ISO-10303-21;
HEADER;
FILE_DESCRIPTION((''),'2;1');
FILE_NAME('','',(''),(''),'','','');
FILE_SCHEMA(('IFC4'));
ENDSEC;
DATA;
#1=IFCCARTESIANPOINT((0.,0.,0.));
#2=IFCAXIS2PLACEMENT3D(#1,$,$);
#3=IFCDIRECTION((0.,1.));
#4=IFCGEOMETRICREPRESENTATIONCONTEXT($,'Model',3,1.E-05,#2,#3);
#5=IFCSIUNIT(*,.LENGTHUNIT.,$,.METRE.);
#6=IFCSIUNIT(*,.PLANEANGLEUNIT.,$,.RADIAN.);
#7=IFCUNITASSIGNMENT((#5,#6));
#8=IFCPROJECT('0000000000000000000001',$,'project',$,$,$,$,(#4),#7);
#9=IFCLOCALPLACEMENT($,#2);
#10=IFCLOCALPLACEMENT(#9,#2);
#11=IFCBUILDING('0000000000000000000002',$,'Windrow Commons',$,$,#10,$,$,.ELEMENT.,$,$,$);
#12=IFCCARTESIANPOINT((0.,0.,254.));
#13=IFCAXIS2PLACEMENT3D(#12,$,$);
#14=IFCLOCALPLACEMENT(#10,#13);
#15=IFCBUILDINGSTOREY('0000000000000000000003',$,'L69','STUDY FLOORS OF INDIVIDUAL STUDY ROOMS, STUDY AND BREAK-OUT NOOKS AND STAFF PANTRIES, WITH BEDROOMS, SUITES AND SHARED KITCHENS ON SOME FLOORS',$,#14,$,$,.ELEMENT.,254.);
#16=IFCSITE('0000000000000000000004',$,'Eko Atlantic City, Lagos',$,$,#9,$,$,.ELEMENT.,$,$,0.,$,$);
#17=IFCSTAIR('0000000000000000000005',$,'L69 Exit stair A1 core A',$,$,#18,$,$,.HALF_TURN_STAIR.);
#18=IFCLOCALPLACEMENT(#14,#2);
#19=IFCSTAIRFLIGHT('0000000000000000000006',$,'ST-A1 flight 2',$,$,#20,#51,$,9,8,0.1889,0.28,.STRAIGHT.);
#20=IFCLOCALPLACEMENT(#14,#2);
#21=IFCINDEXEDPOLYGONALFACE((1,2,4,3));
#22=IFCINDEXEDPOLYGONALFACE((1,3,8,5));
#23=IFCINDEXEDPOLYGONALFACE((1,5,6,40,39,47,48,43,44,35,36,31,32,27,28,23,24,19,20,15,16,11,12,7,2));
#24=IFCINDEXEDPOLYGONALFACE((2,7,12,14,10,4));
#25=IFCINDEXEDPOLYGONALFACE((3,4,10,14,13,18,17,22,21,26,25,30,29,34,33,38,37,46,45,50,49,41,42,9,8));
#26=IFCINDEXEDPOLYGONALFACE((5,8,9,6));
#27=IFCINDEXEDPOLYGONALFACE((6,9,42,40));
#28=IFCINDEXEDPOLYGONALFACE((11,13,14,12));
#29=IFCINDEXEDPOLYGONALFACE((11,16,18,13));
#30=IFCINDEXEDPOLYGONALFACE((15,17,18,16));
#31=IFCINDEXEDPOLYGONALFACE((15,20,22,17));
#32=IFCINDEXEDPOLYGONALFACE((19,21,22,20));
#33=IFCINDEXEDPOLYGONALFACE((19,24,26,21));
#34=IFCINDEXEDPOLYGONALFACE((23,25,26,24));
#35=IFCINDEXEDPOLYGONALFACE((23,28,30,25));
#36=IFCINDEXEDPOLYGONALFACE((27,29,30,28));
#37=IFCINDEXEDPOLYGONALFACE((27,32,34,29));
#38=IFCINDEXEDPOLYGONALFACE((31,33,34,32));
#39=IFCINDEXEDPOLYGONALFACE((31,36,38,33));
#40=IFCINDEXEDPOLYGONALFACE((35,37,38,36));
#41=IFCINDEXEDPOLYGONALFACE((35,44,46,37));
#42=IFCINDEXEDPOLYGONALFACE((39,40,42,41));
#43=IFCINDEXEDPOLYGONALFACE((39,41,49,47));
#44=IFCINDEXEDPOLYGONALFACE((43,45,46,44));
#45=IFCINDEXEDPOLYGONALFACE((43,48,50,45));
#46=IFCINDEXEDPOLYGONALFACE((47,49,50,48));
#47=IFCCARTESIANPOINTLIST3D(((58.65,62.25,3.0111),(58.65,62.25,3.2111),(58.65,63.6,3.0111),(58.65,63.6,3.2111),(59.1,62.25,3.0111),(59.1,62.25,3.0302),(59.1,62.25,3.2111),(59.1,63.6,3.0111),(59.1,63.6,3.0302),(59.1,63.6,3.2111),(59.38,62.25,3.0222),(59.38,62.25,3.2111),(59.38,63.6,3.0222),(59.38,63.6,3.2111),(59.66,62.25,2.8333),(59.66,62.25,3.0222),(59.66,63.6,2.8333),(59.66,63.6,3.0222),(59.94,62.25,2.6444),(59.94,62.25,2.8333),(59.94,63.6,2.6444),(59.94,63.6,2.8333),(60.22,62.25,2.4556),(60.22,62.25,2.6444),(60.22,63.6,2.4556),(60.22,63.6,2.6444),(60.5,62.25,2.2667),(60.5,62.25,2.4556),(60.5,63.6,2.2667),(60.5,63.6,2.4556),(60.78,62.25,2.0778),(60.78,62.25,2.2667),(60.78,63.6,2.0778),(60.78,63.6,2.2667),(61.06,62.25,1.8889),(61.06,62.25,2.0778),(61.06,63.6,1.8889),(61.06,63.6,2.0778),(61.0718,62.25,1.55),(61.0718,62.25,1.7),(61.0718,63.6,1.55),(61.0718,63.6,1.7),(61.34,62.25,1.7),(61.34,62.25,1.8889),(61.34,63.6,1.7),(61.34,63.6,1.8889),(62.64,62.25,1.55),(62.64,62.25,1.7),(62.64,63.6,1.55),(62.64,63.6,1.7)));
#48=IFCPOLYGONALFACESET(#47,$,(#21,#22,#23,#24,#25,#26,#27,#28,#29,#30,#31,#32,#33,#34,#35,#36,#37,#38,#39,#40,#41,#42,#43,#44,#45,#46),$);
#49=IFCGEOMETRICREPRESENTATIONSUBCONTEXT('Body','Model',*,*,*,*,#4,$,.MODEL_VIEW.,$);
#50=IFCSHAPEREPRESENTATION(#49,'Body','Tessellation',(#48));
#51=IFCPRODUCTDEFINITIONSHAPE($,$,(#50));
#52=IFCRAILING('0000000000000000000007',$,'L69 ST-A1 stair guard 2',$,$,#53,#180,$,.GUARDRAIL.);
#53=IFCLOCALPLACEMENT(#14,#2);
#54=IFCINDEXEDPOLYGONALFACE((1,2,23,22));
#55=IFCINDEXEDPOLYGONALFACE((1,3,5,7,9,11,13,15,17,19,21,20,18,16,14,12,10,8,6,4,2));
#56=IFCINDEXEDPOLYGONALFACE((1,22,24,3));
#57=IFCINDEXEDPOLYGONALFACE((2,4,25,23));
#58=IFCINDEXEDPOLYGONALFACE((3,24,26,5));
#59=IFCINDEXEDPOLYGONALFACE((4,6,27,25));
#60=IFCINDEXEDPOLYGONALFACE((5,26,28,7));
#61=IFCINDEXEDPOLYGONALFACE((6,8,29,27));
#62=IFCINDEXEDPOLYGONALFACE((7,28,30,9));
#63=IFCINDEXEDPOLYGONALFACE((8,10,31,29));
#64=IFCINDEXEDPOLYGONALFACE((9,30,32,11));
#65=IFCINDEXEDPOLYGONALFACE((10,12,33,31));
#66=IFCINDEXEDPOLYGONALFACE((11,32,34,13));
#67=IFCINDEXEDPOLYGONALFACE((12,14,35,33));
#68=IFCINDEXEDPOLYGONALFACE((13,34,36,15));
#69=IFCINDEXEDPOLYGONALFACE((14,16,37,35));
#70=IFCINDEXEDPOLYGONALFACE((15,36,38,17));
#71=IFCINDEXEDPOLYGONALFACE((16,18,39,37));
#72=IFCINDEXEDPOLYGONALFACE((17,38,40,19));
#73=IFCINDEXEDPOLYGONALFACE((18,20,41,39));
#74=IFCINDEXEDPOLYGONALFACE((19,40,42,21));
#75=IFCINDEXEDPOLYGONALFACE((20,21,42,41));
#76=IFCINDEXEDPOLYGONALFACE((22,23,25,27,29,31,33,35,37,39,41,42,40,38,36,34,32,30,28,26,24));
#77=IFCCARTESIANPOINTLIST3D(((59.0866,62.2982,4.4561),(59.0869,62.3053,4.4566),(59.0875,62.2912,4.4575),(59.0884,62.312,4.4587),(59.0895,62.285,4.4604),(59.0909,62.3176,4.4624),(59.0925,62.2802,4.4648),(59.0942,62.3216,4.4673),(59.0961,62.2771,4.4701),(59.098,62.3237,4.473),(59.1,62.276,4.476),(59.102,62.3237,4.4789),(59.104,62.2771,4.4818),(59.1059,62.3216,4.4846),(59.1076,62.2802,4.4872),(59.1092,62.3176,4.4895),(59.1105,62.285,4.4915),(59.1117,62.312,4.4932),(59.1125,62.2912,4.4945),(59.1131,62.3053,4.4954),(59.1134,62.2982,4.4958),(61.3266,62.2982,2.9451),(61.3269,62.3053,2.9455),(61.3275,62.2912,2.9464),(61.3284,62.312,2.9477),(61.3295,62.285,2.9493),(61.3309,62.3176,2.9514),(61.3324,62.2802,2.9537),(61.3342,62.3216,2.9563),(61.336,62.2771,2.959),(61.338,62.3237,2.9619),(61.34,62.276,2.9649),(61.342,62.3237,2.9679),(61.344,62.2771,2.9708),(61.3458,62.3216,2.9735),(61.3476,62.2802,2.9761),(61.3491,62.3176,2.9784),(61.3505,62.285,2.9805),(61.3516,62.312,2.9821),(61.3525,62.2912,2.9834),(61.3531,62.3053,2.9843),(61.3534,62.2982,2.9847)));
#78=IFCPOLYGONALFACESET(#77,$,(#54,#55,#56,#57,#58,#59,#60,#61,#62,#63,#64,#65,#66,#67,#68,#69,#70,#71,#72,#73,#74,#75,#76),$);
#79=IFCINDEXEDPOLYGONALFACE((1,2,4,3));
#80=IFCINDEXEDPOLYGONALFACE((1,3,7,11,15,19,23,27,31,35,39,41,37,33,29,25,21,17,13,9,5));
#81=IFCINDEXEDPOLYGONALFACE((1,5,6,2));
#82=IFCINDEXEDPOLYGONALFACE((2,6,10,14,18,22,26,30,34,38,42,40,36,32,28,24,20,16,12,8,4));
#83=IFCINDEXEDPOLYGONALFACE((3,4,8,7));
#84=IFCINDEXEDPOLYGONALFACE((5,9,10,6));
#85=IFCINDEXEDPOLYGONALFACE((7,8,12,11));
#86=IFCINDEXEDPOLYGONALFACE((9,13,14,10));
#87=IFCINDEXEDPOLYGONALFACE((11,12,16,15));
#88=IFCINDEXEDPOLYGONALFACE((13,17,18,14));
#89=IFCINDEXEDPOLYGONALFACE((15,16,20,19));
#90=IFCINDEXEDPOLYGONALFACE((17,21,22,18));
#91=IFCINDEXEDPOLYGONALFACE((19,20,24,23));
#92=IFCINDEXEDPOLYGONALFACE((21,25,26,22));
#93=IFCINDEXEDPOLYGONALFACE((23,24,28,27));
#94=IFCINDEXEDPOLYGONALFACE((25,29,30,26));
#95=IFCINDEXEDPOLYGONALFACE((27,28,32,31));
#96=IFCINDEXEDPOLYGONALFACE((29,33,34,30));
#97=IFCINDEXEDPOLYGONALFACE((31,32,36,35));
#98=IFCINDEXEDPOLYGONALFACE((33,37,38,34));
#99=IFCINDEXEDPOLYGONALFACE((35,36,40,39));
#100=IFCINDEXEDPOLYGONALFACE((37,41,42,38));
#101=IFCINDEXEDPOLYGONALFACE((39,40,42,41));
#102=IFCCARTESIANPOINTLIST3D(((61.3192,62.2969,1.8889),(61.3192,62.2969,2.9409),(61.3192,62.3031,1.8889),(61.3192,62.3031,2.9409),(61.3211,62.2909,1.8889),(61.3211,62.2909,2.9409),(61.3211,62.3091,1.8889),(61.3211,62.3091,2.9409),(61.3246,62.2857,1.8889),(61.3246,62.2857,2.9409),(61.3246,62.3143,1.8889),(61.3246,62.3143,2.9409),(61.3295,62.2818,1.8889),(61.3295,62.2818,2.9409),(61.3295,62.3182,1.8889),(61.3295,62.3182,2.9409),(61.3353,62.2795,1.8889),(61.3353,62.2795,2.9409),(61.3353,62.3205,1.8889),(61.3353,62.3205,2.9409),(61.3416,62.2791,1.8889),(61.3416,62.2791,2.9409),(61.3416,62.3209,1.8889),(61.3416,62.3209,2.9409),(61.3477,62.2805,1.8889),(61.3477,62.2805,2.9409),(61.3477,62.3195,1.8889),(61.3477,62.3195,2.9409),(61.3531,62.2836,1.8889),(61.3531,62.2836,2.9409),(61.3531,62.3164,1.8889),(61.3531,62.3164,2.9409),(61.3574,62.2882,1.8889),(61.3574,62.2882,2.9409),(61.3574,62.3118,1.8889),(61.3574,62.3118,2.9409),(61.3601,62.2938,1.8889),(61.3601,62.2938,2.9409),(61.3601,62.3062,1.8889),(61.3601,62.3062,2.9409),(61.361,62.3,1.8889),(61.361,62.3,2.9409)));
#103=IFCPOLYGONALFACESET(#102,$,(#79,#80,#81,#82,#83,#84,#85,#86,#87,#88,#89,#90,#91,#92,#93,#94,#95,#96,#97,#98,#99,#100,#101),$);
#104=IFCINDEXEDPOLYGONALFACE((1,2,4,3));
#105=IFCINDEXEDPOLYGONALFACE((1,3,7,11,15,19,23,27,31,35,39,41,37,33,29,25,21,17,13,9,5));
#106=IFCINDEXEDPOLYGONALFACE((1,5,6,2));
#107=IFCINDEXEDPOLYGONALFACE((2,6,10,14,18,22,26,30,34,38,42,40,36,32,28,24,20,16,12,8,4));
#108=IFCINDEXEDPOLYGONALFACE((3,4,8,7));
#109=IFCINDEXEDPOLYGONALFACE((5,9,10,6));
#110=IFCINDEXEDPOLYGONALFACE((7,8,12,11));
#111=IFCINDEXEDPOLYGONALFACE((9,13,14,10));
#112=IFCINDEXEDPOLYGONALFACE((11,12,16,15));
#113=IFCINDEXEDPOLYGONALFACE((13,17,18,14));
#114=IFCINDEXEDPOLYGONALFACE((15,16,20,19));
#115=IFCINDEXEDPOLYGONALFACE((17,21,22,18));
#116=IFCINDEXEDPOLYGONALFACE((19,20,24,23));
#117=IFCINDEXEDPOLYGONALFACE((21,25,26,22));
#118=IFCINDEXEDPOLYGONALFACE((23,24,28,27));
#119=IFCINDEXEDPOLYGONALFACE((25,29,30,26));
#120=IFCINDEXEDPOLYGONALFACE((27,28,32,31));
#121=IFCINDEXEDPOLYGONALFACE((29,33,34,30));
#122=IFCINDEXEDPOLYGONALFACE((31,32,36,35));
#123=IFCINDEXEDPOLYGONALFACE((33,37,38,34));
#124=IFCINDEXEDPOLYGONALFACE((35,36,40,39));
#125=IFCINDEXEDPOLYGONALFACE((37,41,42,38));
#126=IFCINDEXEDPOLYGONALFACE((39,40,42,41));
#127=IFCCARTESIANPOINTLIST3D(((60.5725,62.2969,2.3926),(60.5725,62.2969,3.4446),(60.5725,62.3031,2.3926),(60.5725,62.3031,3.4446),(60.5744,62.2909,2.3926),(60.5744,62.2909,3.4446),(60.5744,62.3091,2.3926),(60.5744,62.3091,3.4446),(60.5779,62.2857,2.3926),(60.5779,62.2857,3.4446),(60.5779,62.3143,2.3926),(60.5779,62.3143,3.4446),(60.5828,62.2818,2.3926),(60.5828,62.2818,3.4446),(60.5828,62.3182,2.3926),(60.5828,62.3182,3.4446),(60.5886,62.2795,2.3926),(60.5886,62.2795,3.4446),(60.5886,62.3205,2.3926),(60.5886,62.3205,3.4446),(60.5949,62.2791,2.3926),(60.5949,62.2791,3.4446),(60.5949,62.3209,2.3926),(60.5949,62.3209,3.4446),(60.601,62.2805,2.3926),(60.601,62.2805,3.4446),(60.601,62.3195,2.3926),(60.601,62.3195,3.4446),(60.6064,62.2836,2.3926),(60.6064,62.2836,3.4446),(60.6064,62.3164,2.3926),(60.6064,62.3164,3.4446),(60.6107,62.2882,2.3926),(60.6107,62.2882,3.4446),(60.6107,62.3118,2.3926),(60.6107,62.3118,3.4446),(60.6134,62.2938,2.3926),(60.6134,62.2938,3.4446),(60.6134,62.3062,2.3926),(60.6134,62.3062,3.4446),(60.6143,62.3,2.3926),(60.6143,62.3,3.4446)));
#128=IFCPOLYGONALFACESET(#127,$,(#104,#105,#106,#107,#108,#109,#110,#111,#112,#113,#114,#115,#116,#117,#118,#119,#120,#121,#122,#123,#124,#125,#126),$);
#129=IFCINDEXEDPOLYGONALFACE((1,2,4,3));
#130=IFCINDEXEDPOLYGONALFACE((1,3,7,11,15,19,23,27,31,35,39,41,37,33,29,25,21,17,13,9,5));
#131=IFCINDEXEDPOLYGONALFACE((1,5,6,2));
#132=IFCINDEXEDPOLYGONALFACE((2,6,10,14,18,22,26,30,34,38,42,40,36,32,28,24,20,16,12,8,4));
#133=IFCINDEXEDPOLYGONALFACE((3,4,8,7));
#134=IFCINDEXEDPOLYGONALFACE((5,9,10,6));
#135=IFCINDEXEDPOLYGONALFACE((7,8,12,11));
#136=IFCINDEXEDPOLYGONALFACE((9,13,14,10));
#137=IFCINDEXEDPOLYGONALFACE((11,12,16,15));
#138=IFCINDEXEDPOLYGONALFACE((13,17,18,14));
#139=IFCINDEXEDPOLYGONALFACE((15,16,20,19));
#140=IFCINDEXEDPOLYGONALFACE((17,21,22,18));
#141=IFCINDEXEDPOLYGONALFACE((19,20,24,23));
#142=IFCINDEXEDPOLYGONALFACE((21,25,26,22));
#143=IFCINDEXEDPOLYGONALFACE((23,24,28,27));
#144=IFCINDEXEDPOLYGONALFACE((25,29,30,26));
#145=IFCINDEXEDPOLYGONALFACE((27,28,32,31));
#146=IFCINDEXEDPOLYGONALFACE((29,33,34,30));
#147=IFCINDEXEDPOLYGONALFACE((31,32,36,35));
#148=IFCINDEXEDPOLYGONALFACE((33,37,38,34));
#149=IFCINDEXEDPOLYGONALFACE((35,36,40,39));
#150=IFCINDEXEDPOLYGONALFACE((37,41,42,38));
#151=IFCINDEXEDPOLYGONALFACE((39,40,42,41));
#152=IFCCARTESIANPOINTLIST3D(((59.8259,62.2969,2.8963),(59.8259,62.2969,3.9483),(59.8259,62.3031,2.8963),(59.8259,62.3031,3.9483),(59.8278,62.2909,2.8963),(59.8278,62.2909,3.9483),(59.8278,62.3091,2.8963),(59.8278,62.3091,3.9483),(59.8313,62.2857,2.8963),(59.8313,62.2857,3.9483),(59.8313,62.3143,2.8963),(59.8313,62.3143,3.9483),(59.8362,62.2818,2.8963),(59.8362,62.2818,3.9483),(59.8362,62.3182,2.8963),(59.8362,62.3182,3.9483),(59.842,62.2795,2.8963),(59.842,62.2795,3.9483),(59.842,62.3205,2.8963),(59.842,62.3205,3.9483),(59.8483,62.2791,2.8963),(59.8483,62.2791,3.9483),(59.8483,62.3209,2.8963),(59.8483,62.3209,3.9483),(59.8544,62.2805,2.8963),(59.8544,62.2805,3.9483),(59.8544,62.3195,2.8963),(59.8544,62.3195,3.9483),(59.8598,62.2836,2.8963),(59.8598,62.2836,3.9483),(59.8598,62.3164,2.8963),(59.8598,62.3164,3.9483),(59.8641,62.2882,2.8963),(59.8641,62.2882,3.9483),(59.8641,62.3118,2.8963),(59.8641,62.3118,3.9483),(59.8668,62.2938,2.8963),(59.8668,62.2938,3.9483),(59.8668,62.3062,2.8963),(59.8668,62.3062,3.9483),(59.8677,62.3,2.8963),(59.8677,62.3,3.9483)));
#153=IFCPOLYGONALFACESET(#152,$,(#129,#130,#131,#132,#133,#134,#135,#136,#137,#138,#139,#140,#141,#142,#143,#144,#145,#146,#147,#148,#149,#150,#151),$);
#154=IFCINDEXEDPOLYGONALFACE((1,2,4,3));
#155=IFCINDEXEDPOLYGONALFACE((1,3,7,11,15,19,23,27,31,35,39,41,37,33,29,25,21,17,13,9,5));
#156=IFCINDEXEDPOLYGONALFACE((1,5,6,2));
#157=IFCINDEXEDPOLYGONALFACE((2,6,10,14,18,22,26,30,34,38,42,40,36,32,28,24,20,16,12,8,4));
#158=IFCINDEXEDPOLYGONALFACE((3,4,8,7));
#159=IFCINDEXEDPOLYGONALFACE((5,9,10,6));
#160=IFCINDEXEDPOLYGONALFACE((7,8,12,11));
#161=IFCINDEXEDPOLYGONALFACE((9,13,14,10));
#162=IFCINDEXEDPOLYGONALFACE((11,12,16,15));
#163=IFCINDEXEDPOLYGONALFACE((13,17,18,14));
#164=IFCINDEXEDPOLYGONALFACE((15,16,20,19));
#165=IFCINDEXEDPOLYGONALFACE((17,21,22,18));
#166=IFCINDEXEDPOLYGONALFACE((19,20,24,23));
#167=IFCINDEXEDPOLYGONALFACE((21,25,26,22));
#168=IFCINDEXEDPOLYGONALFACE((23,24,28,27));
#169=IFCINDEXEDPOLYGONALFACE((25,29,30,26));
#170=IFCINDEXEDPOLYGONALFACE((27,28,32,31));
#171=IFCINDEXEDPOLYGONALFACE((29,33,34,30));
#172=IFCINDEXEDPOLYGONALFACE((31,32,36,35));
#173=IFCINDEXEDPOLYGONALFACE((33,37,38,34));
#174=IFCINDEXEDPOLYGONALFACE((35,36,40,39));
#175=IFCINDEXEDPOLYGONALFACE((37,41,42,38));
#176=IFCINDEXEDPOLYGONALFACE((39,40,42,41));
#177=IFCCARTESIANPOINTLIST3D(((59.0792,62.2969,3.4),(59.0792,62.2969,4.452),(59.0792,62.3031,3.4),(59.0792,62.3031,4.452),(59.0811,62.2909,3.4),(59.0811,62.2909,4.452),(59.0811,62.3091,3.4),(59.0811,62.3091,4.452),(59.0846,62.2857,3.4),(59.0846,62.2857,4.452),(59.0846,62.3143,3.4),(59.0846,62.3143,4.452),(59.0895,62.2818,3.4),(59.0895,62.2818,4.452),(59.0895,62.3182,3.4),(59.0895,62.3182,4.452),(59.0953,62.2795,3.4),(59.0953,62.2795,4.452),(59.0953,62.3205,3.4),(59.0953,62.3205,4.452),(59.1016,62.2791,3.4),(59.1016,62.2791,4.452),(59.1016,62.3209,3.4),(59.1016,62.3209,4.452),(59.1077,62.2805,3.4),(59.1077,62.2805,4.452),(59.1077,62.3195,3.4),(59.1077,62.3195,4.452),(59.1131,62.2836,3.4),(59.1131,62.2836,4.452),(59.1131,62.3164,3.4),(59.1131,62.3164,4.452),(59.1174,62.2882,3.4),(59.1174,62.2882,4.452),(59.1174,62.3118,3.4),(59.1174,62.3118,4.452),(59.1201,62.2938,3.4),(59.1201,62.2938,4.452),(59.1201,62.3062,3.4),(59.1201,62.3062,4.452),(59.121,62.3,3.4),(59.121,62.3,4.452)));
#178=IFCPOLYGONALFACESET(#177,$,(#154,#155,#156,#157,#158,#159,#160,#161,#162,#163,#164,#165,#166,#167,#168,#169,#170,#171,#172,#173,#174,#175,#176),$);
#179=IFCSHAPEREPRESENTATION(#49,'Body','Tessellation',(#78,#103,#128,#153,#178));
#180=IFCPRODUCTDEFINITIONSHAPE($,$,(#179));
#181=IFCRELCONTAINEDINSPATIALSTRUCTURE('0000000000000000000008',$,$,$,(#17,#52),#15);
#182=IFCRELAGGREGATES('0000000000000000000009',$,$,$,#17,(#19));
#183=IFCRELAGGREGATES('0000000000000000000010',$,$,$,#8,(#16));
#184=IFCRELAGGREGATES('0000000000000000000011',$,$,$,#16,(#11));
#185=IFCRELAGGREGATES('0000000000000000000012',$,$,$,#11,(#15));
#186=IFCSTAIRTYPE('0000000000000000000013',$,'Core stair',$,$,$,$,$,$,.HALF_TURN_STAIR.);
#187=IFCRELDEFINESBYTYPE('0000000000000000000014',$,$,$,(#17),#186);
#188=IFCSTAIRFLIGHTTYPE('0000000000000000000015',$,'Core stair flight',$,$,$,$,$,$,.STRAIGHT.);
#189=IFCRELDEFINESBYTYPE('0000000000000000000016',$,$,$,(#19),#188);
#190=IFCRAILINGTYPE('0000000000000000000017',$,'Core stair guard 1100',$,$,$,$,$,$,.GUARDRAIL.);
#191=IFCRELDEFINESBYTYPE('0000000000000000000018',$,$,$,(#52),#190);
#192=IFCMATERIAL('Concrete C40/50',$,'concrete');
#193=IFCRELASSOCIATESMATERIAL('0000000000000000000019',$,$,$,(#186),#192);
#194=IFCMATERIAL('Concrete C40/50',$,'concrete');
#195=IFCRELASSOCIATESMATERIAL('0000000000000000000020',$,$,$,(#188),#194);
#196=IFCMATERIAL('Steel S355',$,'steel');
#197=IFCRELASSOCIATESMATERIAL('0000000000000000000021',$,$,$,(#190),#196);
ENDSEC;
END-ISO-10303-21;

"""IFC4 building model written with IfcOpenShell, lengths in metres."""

from ifc_helpers import new_model, si_unit, direction, frame, origin, origin_2d, place, context, subcontext, project, spatial, polyline, circle, outline, extrude, material, type_object, element, aggregate, save


model = new_model("IFC4")

# Units and contexts
model_context = context("Model", 3, precision=1e-05, world=origin(), true_north=direction((0.0, 1.0)))
body_context = subcontext(model_context, "Body", "Model", "MODEL_VIEW")
ifc_project = project(units=[si_unit("LENGTHUNIT", "METRE"), si_unit("PLANEANGLEUNIT", "RADIAN")], contexts=[model_context])

# Site, building, storey
site_placement = place(None, origin())
site = spatial("IfcSite", under=ifc_project, at=site_placement, Name="Eko Atlantic City, Lagos", CompositionType="ELEMENT", RefElevation=0.0)
building_placement = place(site_placement, origin())
building = spatial("IfcBuilding", under=site, at=building_placement, Name="Windrow Commons", CompositionType="ELEMENT")
storey_placement = place(building_placement, frame((0.0, 0.0, 254.0)))
storey = spatial("IfcBuildingStorey", under=building, at=storey_placement, Name="L69", Description="STUDY FLOORS OF INDIVIDUAL STUDY ROOMS, STUDY AND BREAK-OUT NOOKS AND STAFF PANTRIES, WITH BEDROOMS, SUITES AND SHARED KITCHENS ON SOME FLOORS", CompositionType="ELEMENT", Elevation=254.0)

# Stair, stair flight
ifc_material_1 = material(Name="Concrete C40/50", Category="concrete")
stair_type = type_object("IfcStairType", Name="Core stair", PredefinedType="HALF_TURN_STAIR", material=ifc_material_1)
stair_placement = place(storey_placement, origin())
stair = element("IfcStair", 1, at=stair_placement, inside=storey, type_object=stair_type, Name="L69 Exit stair A1 core A", PredefinedType="HALF_TURN_STAIR")
ifc_material_2 = material(Name="Concrete C40/50", Category="concrete")
stair_flight_type = type_object("IfcStairFlightType", Name="Core stair flight", PredefinedType="STRAIGHT", material=ifc_material_2)
stair_flight_placement = place(storey_placement, frame((61.34, 62.925, 1.7), z_axis=(0.0, 0.0, 1.0), x_axis=(-1.0, 0.0, 0.0)))
stair_flight = element("IfcStairFlight", 2, at=stair_flight_placement, type_object=stair_flight_type, Name="ST-A1 flight 2", NumberOfRisers=9, NumberOfTreads=8, PredefinedType="STRAIGHT", RiserHeight=0.1889, TreadLength=0.28, context=body_context, shape_type="SweptSolid", body=[
    extrude(outline(polyline([(-1.3, -0.15), (-1.3, 0.0), (0.0, 0.0), (0.0, 0.1889), (0.28, 0.1889), (0.28, 0.3778), (0.56, 0.3778), (0.56, 0.5667), (0.84, 0.5667), (0.84, 0.7556), (1.12, 0.7556), (1.12, 0.9444), (1.4, 0.9444), (1.4, 1.1333), (1.68, 1.1333), (1.68, 1.3222), (1.96, 1.3222), (1.96, 1.5111), (2.24, 1.5111), (2.69, 1.5111), (2.69, 1.3111), (2.24, 1.3111), (2.24, 1.3302), (0.2682, 0.0), (0.2682, -0.15), (-1.3, -0.15)])), frame((0.0, 0.675, 0.0), z_axis=(0.0, -1.0, 0.0), x_axis=(1.0, 0.0, 0.0)), (0.0, 0.0, 1.0), 1.35),
])
aggregate(stair, [stair_flight])

# Railing
ifc_material_3 = material(Name="Steel S355", Category="steel")
railing_type_1 = type_object("IfcRailingType", Name="Core stair guard 1100", PredefinedType="GUARDRAIL", material=ifc_material_3)
railing_1_placement = place(storey_placement, frame((61.34, 62.3, 1.8889)))
element("IfcRailing", 3, at=railing_1_placement, inside=storey, type_object=railing_type_1, Name="L69 ST-A1 stair guard 2", PredefinedType="GUARDRAIL", context=body_context, shape_type="SweptSolid", body=[
    extrude(circle(Radius=0.024, at=origin_2d()), frame((0.0, 0.0, 1.076), z_axis=(-0.829003, 0.0, 0.559244), x_axis=(0.0, -1.0, 0.0)), (0.0, 0.0, 1.0), 2.702),
    extrude(circle(Radius=0.021, at=origin_2d()), origin(), (0.0, 0.0, 1.0), 1.052),
    extrude(circle(Radius=0.021, at=origin_2d()), frame((-0.7467, 0.0, 0.5037)), (0.0, 0.0, 1.0), 1.052),
    extrude(circle(Radius=0.021, at=origin_2d()), frame((-1.4933, 0.0, 1.0074)), (0.0, 0.0, 1.0), 1.052),
    extrude(circle(Radius=0.021, at=origin_2d()), frame((-2.24, 0.0, 1.5111)), (0.0, 0.0, 1.0), 1.052),
])

save(model, "model.ifc")
